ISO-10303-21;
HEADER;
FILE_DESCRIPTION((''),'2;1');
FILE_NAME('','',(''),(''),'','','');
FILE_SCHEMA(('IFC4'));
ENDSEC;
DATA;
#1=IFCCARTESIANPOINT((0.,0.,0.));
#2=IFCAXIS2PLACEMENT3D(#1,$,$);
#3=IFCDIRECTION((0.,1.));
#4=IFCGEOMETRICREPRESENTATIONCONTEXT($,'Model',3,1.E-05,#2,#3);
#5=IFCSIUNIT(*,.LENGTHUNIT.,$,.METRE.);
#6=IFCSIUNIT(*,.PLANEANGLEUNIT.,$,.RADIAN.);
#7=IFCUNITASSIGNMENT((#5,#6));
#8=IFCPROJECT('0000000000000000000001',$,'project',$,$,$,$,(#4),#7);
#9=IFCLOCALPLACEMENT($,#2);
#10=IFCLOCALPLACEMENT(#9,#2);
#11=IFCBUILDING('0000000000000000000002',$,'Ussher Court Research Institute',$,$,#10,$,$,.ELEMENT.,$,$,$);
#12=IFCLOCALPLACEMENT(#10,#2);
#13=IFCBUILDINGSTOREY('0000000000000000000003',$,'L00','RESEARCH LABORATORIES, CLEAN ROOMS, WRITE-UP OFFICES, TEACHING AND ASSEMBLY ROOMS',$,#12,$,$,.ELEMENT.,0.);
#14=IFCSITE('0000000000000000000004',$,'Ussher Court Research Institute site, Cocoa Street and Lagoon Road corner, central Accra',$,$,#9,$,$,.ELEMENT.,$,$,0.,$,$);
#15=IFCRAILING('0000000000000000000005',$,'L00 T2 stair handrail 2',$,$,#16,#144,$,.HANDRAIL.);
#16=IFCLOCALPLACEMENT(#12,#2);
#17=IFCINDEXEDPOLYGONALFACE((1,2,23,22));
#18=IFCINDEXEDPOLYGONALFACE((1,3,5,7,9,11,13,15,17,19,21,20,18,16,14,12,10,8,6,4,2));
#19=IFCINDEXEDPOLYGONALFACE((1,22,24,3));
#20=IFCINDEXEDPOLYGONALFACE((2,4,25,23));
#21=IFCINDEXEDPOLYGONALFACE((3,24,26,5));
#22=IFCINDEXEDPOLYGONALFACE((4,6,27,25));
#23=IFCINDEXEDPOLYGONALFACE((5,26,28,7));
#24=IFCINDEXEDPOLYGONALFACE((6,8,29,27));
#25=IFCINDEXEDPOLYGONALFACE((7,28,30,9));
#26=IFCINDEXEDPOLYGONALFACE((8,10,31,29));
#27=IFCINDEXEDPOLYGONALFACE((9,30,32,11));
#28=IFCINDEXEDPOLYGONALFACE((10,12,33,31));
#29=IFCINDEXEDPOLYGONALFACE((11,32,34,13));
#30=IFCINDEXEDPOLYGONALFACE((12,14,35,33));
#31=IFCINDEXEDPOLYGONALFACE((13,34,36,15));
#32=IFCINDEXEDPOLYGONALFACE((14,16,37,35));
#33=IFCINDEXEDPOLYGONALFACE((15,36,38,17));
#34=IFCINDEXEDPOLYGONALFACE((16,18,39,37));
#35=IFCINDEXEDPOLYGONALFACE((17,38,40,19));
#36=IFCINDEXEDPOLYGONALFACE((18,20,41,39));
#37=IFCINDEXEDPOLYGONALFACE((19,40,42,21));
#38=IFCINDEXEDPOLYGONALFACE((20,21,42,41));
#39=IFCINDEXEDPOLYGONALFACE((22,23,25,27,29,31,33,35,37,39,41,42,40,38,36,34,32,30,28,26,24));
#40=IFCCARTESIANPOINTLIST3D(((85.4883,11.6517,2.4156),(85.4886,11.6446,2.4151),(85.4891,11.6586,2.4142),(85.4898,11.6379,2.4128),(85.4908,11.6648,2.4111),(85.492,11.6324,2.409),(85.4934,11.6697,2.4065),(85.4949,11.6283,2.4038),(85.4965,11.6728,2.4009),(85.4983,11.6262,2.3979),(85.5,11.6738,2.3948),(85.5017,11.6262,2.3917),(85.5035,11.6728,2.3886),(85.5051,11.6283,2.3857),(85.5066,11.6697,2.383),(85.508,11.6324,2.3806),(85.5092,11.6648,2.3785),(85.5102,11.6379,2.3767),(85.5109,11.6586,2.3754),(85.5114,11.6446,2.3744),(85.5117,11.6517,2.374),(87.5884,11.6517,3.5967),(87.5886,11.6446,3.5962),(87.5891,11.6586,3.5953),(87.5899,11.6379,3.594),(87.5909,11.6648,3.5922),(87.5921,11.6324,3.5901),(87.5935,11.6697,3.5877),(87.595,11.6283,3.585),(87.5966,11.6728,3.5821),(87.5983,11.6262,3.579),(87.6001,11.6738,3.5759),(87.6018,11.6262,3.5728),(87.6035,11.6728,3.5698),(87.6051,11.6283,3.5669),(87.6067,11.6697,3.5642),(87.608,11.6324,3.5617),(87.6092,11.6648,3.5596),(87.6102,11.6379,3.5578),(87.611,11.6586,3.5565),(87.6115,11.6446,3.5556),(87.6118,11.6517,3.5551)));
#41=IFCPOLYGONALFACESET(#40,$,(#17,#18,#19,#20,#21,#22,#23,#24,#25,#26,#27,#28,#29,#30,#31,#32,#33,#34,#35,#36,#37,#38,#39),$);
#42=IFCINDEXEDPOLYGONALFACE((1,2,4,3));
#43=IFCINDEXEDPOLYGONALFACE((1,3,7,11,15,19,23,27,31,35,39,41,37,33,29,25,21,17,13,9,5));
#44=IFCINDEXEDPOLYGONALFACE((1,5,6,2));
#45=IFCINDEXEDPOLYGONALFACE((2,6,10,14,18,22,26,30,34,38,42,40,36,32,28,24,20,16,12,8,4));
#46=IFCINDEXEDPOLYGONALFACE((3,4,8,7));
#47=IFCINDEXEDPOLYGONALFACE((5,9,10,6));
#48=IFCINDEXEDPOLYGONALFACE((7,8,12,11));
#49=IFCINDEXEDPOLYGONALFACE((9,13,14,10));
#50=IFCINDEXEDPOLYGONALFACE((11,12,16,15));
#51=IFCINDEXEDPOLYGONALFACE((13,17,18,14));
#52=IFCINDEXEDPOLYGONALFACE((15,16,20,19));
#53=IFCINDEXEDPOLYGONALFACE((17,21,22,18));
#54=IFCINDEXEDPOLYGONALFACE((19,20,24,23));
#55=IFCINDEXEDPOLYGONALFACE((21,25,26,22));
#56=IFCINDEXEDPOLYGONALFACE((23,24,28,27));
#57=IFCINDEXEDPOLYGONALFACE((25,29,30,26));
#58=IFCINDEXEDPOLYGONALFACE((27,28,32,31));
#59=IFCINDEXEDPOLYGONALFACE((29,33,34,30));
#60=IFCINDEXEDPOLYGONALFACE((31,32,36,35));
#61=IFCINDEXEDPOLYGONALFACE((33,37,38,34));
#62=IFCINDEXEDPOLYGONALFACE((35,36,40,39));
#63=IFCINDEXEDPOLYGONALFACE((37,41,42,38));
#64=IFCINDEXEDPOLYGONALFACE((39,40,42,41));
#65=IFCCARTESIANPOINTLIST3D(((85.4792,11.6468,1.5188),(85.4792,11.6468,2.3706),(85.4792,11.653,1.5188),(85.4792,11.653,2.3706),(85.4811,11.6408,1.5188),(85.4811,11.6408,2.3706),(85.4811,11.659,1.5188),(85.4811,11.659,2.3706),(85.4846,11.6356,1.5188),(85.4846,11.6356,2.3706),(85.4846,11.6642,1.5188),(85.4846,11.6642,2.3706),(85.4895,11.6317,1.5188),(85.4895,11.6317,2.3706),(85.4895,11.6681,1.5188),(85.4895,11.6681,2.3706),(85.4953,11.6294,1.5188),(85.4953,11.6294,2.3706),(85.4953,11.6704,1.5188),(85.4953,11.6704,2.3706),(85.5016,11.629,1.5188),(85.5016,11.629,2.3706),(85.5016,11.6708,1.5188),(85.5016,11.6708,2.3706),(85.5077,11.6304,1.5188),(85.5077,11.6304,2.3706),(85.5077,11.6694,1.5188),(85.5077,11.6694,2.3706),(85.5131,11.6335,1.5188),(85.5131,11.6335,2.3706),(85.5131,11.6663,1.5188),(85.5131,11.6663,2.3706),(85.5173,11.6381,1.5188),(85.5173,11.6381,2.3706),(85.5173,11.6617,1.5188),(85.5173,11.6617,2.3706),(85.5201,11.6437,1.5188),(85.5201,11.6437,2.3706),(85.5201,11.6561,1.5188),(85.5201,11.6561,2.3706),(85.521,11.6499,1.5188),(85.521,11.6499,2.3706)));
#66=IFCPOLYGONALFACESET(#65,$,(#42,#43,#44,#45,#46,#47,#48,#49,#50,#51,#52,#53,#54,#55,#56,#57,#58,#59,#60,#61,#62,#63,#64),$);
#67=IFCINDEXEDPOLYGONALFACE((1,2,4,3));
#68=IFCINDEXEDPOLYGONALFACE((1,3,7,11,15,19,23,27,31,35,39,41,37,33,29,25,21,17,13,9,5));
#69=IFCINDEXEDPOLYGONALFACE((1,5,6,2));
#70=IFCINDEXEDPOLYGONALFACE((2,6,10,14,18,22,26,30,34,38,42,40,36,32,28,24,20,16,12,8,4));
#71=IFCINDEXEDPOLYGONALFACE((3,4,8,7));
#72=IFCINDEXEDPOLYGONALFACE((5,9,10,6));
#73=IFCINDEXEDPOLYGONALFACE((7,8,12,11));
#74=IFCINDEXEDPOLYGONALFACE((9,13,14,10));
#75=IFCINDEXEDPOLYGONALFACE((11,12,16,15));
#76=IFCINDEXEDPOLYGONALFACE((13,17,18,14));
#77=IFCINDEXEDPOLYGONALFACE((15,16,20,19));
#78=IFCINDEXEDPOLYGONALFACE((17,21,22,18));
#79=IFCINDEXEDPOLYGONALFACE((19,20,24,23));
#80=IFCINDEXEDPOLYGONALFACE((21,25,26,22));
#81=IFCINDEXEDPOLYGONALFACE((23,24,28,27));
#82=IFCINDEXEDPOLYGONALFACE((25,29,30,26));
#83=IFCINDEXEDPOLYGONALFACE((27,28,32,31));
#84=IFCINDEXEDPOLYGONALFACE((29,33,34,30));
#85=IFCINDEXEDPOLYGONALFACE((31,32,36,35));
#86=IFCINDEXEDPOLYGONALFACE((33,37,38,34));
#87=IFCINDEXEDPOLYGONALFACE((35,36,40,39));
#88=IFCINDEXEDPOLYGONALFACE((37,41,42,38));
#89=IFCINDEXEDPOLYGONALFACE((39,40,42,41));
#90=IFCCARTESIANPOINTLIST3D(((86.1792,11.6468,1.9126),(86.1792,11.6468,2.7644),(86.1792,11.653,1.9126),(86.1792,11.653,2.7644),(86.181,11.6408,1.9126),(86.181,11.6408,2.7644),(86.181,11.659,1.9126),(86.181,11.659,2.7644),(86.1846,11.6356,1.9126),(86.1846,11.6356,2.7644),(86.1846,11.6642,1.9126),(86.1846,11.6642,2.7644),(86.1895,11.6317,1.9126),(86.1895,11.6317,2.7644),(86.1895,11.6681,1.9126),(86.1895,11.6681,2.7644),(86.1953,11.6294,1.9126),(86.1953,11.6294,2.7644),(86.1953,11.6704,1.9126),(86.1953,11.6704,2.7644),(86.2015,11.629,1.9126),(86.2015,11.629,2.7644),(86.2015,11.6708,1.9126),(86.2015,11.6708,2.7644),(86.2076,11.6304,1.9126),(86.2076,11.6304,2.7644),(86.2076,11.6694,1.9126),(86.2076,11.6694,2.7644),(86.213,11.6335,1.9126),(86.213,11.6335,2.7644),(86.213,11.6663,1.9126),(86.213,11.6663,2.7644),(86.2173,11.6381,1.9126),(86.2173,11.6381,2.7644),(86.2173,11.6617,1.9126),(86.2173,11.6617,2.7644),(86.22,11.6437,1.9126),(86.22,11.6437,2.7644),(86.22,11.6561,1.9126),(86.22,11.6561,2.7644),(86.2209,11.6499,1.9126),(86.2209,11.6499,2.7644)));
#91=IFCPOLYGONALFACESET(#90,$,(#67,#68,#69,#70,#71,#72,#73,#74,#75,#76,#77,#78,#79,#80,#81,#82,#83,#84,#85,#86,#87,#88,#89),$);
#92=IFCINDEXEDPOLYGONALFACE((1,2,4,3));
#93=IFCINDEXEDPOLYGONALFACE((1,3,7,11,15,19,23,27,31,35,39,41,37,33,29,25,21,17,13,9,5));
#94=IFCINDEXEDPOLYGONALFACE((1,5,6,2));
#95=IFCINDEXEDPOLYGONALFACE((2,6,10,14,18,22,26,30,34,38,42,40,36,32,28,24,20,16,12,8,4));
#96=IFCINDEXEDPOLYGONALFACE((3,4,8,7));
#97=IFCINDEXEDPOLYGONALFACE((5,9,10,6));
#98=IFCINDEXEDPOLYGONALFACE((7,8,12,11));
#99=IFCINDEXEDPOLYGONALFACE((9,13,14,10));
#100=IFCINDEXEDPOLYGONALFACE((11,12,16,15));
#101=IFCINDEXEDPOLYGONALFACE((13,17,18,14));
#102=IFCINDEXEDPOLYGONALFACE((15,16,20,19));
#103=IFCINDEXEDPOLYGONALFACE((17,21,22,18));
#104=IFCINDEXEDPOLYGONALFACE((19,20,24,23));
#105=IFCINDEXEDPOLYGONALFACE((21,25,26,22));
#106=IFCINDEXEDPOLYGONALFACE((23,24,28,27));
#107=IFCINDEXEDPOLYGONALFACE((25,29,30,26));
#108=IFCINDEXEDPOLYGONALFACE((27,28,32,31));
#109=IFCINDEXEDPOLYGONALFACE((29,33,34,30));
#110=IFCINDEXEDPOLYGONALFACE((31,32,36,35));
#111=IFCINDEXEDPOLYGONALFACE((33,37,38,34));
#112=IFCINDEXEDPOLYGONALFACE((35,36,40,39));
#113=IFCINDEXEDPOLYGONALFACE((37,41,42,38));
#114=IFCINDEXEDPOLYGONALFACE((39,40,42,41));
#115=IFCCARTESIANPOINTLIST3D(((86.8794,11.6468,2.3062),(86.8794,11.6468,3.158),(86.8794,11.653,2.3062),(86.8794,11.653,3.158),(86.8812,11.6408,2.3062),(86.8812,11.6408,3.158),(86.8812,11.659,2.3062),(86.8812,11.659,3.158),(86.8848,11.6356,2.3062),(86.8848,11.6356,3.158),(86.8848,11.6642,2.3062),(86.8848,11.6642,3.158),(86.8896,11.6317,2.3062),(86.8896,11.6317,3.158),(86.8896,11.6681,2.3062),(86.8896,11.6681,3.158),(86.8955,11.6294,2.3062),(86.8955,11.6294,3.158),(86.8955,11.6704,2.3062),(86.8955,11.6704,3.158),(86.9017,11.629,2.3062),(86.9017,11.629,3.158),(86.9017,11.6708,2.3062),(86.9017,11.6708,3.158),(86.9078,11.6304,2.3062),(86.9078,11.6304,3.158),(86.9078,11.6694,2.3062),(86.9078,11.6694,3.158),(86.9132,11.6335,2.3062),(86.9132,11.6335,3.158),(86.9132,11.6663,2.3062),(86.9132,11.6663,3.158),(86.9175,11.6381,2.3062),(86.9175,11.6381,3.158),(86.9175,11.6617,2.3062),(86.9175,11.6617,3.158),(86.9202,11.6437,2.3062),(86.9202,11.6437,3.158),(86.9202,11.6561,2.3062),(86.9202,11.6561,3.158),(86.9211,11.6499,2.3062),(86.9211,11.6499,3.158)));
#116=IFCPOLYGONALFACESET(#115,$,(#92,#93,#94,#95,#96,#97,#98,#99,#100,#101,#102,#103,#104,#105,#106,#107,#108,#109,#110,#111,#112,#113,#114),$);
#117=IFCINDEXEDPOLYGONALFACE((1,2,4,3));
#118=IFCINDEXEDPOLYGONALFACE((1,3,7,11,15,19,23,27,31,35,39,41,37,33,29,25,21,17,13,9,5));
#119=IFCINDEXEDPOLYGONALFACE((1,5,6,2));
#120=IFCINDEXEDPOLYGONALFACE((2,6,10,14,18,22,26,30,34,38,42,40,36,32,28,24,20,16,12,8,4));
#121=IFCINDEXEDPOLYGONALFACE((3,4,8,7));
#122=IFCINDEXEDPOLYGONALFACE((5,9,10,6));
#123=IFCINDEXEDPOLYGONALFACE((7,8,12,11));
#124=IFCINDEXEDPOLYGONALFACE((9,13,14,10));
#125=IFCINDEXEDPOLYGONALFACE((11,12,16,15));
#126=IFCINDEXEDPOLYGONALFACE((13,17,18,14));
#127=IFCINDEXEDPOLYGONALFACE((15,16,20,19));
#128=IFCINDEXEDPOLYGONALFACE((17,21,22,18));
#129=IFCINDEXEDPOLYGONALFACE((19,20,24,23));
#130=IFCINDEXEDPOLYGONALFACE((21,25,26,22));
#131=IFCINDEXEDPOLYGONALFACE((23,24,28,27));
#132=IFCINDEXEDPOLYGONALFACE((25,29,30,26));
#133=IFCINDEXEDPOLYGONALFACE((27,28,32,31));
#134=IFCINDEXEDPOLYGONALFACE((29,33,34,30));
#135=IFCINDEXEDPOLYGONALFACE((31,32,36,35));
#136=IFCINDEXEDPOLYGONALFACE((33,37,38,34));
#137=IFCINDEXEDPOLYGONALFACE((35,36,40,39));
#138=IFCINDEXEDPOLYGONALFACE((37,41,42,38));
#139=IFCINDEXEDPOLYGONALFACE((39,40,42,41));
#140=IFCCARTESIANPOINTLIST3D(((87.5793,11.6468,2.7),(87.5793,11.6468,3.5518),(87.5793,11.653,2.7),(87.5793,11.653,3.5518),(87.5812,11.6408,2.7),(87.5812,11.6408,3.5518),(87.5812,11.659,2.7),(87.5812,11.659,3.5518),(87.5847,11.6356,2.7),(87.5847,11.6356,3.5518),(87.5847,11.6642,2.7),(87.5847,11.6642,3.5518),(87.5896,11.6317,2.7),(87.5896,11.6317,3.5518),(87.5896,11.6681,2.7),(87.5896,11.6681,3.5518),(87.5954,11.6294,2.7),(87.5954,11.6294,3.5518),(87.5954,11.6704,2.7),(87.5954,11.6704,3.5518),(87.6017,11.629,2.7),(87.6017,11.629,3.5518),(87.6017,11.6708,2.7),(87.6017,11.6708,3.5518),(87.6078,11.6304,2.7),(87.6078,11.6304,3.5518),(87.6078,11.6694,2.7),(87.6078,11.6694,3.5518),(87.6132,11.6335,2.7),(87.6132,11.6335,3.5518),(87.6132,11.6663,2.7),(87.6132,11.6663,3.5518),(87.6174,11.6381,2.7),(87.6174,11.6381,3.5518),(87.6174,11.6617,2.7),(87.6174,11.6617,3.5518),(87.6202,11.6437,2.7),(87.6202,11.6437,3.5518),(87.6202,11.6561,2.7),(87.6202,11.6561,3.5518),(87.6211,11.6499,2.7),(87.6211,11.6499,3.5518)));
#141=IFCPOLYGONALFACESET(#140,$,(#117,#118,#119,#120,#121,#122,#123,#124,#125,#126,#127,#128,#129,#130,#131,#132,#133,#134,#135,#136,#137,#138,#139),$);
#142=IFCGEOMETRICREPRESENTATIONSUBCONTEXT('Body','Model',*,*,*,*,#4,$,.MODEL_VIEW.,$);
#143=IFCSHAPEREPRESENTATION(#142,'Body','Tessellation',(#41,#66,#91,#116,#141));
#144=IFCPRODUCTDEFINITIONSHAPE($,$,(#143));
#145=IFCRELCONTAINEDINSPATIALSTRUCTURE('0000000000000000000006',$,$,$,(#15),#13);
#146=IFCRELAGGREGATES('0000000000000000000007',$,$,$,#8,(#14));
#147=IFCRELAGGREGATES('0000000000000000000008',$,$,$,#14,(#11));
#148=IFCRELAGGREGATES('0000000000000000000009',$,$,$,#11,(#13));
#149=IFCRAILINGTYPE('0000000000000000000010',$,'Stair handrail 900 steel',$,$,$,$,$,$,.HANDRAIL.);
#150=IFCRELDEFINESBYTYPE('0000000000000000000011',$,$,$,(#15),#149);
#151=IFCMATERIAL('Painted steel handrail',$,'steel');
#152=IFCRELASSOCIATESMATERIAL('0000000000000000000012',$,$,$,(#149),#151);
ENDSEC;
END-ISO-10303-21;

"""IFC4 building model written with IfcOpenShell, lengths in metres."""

from ifc_helpers import new_model, si_unit, direction, frame, origin, origin_2d, place, context, subcontext, project, spatial, circle, extrude, material, type_object, element, save


model = new_model("IFC4")

# Units and contexts
model_context = context("Model", 3, precision=1e-05, world=origin(), true_north=direction((0.0, 1.0)))
body_context = subcontext(model_context, "Body", "Model", "MODEL_VIEW")
ifc_project = project(units=[si_unit("LENGTHUNIT", "METRE"), si_unit("PLANEANGLEUNIT", "RADIAN")], contexts=[model_context])

# Site, building, storey
site_placement = place(None, origin())
site = spatial("IfcSite", under=ifc_project, at=site_placement, Name="Ussher Court Research Institute site, Cocoa Street and Lagoon Road corner, central Accra", CompositionType="ELEMENT", RefElevation=0.0)
building_placement = place(site_placement, origin())
building = spatial("IfcBuilding", under=site, at=building_placement, Name="Ussher Court Research Institute", CompositionType="ELEMENT")
storey_placement = place(building_placement, origin())
storey = spatial("IfcBuildingStorey", under=building, at=storey_placement, Name="L00", Description="RESEARCH LABORATORIES, CLEAN ROOMS, WRITE-UP OFFICES, TEACHING AND ASSEMBLY ROOMS", CompositionType="ELEMENT", Elevation=0.0)

# Railing
ifc_material_1 = material(Name="Painted steel handrail", Category="steel")
railing_type_1 = type_object("IfcRailingType", Name="Stair handrail 900 steel", PredefinedType="HANDRAIL", material=ifc_material_1)
for number, where, name in (
    (1, (85.5, 11.6499, 1.5188), "L00 T2 stair handrail 2"),
):
    element("IfcRailing", number, at=place(storey_placement, frame(where)), inside=storey, type_object=railing_type_1, Name=name, PredefinedType="HANDRAIL", context=body_context, shape_type="SweptSolid", body=[
        extrude(circle(Radius=0.0239, at=origin_2d()), frame((0.0, 0.0, 0.876), z_axis=(0.871603, 0.0, 0.490213), x_axis=(0.0, 1.0, 0.0)), (0.0, 0.0, 1.0), 2.4094),
        extrude(circle(Radius=0.021, at=origin_2d()), origin(), (0.0, 0.0, 1.0), 0.8518),
        extrude(circle(Radius=0.021, at=origin_2d()), frame((0.7, 0.0, 0.3938)), (0.0, 0.0, 1.0), 0.8518),
        extrude(circle(Radius=0.021, at=origin_2d()), frame((1.4001, 0.0, 0.7874)), (0.0, 0.0, 1.0), 0.8518),
        extrude(circle(Radius=0.021, at=origin_2d()), frame((2.1001, 0.0, 1.1812)), (0.0, 0.0, 1.0), 0.8518),
    ])

save(model, "model.ifc")
